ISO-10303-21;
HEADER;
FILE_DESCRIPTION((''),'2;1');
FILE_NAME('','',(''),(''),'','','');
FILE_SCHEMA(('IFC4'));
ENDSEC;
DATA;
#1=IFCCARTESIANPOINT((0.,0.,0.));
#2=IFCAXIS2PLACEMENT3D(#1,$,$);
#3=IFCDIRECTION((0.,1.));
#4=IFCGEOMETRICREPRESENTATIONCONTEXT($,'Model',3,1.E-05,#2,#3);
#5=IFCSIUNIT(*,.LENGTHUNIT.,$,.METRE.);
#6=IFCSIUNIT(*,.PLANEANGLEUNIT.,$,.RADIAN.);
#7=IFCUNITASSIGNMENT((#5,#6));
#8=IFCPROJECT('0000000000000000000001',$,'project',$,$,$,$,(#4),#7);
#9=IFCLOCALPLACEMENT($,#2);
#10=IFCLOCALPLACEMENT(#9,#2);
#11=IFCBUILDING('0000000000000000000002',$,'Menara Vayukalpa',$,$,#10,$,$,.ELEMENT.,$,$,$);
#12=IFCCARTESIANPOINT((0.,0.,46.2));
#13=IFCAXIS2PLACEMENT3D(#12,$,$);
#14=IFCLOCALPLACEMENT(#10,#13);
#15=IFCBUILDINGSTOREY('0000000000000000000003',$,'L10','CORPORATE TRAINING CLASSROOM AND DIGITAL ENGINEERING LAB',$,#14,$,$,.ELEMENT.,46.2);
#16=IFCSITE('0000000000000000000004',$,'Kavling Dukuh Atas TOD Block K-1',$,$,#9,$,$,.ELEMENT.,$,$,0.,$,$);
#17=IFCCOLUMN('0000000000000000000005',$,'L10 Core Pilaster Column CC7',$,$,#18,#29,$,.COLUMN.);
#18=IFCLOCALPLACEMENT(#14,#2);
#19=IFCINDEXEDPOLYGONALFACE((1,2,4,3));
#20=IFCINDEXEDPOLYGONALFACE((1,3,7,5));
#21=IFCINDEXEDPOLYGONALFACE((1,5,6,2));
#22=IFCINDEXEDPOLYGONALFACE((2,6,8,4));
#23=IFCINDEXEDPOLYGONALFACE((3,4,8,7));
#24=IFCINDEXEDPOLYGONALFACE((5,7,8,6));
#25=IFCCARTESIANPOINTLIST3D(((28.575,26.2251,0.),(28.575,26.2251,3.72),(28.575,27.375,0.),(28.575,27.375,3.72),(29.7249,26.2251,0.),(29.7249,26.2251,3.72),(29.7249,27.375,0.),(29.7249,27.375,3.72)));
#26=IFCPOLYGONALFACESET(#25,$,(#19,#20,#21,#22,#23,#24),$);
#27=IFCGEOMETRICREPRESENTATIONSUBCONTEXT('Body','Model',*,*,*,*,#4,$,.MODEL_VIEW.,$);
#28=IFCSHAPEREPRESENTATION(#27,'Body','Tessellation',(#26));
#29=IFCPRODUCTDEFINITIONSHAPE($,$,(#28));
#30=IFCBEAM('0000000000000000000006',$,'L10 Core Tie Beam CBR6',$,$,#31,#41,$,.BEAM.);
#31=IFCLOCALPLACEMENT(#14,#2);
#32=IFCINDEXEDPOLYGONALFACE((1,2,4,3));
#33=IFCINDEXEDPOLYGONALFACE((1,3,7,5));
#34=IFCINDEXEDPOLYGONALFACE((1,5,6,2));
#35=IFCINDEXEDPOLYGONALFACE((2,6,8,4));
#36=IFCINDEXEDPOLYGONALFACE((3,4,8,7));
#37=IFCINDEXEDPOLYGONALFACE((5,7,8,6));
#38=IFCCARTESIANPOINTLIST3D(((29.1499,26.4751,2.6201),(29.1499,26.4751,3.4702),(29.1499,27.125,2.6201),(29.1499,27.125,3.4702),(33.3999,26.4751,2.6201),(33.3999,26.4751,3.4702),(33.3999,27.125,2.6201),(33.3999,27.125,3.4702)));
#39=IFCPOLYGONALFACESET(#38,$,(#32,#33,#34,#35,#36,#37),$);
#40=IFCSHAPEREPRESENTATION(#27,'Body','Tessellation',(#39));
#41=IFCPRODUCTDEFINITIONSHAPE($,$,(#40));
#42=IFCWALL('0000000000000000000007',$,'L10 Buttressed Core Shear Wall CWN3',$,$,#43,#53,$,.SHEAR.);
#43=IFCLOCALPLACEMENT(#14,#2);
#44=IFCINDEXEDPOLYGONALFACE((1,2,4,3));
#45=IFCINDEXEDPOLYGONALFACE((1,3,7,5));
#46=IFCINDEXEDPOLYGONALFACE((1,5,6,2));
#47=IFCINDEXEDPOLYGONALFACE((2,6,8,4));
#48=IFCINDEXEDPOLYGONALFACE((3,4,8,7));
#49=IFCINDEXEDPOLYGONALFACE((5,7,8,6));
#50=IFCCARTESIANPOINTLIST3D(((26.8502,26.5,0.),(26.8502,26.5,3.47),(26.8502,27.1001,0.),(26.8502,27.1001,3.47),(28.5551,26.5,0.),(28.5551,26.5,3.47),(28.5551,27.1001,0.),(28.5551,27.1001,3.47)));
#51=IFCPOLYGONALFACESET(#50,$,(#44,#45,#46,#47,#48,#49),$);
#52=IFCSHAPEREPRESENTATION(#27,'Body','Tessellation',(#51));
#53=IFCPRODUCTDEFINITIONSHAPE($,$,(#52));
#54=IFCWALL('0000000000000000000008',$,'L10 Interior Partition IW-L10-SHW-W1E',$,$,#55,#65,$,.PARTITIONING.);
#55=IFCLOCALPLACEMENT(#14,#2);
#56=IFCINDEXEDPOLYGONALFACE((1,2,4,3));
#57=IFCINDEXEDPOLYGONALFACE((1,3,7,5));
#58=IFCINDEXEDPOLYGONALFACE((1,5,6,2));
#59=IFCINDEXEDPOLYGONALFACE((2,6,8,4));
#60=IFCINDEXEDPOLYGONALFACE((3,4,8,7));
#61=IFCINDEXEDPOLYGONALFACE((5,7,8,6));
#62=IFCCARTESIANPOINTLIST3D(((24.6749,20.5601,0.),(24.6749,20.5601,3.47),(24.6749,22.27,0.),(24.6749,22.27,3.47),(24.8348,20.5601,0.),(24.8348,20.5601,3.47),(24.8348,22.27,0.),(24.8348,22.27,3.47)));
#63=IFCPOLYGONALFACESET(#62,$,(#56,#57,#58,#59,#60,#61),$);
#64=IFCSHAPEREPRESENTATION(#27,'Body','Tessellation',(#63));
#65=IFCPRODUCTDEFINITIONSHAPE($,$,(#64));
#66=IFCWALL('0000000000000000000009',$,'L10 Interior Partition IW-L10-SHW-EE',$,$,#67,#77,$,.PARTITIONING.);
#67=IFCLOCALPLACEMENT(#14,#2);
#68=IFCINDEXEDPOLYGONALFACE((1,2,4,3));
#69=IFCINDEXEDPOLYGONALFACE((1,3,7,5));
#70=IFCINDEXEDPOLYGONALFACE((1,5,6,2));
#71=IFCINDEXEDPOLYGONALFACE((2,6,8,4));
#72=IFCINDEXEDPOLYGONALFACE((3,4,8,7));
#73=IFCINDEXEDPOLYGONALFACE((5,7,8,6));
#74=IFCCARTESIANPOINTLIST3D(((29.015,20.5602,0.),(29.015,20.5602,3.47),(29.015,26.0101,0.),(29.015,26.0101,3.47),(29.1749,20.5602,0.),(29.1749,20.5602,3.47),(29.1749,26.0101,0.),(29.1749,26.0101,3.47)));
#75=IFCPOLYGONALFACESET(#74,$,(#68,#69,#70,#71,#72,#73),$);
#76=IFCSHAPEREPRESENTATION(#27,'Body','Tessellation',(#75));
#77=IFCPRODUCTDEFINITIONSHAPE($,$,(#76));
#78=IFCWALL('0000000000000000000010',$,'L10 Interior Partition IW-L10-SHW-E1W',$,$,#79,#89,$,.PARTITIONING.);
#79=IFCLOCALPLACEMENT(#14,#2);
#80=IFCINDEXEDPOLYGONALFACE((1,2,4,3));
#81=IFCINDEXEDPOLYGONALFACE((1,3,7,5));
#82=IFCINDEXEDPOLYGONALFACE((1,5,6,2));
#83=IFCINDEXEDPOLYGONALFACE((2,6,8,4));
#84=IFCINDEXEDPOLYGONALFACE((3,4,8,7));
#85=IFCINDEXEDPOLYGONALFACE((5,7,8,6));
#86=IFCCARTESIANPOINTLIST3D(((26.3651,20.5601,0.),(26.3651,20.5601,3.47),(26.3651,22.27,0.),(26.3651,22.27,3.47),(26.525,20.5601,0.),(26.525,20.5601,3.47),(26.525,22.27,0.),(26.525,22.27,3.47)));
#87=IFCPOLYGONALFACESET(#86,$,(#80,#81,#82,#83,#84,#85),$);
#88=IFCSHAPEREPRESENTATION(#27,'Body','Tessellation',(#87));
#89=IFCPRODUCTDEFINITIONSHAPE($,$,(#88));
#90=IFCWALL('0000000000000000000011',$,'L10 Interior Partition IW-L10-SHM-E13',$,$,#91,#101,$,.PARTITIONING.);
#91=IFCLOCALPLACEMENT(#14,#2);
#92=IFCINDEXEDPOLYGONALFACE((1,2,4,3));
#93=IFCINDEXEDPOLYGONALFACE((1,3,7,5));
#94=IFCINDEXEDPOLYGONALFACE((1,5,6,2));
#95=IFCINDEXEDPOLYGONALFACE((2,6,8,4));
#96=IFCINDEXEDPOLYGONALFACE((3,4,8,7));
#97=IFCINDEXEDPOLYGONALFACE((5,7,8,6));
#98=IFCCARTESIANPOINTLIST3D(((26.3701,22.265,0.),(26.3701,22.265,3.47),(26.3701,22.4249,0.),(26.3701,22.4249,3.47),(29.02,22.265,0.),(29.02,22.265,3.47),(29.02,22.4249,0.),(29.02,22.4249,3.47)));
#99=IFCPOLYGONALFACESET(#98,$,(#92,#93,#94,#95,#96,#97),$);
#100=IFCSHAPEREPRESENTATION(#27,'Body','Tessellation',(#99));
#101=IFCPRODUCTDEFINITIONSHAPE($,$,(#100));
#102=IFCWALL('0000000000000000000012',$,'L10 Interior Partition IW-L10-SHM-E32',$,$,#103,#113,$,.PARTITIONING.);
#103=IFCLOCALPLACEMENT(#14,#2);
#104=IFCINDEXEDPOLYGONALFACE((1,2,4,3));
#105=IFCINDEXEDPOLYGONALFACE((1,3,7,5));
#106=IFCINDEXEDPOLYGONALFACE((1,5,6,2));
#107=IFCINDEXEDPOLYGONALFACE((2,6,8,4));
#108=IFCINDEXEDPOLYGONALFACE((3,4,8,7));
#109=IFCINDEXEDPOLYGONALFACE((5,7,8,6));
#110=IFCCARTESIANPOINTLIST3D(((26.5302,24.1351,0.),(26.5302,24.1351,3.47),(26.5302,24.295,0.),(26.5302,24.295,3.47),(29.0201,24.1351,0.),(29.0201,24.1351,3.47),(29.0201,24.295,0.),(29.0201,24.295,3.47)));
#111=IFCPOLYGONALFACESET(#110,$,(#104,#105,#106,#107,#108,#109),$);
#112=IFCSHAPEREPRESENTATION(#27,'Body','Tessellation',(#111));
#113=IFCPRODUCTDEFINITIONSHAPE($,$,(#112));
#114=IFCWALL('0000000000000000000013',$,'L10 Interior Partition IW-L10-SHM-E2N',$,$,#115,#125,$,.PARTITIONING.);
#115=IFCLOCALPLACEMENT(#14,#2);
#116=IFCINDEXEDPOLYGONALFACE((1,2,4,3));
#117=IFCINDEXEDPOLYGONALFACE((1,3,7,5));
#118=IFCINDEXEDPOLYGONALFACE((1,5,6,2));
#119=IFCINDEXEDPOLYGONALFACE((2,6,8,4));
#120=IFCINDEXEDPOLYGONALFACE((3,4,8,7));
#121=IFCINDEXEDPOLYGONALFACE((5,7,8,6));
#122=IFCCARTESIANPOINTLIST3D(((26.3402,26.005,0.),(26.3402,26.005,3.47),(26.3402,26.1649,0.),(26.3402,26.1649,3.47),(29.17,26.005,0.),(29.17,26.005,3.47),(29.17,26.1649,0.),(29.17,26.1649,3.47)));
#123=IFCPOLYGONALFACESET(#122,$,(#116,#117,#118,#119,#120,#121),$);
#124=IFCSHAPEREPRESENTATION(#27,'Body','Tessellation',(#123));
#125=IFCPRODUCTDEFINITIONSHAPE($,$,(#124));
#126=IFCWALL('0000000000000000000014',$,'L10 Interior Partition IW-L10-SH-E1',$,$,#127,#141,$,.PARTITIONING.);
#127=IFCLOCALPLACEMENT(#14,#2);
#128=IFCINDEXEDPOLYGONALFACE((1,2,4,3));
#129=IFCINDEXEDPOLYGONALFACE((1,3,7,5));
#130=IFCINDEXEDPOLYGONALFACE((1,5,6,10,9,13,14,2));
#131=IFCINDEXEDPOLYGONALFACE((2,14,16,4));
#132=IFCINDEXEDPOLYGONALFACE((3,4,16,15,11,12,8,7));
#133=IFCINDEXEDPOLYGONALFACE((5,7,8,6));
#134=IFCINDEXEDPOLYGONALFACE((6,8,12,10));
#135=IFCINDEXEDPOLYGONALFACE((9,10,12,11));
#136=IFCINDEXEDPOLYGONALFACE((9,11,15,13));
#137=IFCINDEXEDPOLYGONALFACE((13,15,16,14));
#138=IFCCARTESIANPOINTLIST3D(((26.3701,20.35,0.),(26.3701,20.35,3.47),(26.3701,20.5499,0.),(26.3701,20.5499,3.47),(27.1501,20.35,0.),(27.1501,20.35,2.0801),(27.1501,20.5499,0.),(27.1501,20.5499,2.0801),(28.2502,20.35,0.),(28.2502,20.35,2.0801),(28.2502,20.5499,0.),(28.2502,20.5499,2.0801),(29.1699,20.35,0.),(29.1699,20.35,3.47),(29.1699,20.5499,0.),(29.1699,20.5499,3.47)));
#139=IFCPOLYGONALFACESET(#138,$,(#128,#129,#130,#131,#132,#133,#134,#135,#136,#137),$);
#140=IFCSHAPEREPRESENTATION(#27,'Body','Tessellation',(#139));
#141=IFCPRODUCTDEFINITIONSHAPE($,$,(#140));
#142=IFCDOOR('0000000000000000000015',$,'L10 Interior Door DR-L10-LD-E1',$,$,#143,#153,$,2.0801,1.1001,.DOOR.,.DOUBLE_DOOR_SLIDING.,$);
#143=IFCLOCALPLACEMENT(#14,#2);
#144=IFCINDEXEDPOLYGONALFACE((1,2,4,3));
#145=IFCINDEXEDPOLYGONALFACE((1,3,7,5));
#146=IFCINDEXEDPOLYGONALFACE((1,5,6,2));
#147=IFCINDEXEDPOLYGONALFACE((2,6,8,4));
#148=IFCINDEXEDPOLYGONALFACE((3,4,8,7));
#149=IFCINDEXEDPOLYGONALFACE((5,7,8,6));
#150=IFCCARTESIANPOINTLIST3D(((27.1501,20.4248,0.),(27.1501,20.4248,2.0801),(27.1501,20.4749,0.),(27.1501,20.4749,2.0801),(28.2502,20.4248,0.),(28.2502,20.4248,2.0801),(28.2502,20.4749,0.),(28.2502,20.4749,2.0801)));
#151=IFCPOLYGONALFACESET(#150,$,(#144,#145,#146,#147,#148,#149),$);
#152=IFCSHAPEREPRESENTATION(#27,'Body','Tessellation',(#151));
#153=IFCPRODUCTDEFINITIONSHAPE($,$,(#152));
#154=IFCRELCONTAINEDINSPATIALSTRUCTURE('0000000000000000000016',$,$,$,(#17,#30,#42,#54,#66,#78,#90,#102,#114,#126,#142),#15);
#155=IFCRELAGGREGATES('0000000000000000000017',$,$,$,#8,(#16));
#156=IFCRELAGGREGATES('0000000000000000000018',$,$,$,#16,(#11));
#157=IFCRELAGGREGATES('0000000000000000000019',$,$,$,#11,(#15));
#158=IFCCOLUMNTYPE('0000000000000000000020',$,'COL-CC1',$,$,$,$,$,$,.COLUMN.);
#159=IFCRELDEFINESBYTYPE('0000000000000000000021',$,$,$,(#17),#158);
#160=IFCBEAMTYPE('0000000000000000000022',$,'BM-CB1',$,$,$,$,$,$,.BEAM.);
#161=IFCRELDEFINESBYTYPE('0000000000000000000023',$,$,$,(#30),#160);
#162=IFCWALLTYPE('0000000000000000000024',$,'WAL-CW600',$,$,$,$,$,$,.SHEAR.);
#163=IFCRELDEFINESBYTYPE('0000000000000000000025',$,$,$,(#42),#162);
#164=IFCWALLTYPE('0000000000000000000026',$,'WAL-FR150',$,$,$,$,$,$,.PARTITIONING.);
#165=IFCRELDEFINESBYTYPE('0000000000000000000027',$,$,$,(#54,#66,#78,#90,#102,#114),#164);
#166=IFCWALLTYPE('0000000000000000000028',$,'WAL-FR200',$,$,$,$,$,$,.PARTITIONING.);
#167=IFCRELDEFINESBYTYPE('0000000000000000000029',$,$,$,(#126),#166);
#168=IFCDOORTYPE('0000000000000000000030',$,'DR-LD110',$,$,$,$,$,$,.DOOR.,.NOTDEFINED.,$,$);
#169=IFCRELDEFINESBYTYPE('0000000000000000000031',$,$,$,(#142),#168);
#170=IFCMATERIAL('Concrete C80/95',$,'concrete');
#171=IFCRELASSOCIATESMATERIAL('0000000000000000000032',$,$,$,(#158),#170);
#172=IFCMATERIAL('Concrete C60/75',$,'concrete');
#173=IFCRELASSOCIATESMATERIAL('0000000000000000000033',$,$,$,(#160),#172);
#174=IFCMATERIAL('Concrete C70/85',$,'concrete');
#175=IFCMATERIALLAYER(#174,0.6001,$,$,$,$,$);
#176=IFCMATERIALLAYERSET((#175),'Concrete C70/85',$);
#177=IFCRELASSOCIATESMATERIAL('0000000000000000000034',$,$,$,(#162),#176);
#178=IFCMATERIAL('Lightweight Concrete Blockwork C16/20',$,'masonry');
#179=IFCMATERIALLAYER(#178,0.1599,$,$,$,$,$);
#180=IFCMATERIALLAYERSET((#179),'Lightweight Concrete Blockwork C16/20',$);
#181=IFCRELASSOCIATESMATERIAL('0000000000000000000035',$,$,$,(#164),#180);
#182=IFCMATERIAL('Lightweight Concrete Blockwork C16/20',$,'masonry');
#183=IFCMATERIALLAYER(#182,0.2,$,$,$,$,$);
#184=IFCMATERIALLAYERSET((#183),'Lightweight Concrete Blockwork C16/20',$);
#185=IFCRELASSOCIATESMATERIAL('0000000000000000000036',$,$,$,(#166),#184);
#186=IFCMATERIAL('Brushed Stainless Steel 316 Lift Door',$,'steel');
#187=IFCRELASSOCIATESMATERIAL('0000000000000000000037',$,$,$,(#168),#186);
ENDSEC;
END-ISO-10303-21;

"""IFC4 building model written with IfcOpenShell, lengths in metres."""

from ifc_helpers import new_model, si_unit, direction, frame, frame_2d, origin, origin_2d, place, context, subcontext, project, spatial, rectangle, extrude, material, layer, layer_set, material_profile, profile_set, type_object, element, fill, save


model = new_model("IFC4")

# Units and contexts
model_context = context("Model", 3, precision=1e-05, world=origin(), true_north=direction((0.0, 1.0)))
body_context = subcontext(model_context, "Body", "Model", "MODEL_VIEW")
ifc_project = project(units=[si_unit("LENGTHUNIT", "METRE"), si_unit("PLANEANGLEUNIT", "RADIAN")], contexts=[model_context])

# Site, building, storey
site_placement = place(None, origin())
site = spatial("IfcSite", under=ifc_project, at=site_placement, Name="Kavling Dukuh Atas TOD Block K-1", CompositionType="ELEMENT", RefElevation=0.0)
building_placement = place(site_placement, origin())
building = spatial("IfcBuilding", under=site, at=building_placement, Name="Menara Vayukalpa", CompositionType="ELEMENT")
storey_placement = place(building_placement, frame((0.0, 0.0, 46.2)))
storey = spatial("IfcBuildingStorey", under=building, at=storey_placement, Name="L10", Description="CORPORATE TRAINING CLASSROOM AND DIGITAL ENGINEERING LAB", CompositionType="ELEMENT", Elevation=46.2)

# Column
ifc_material_1 = material(Name="Concrete C80/95", Category="concrete")
ifc_material_profile_1 = material_profile(ifc_material_1, rectangle(XDim=1.1499, YDim=1.1499, at=origin_2d()), Name="RC 1150x1150")
ifc_profile_set_1 = profile_set([ifc_material_profile_1], Name="Concrete C80/95")
column_type = type_object("IfcColumnType", Name="COL-CC1", PredefinedType="COLUMN", material=ifc_profile_set_1)
column_placement = place(storey_placement, frame((29.1499, 26.8, 0.0), z_axis=(0.0, 0.0, 1.0), x_axis=(1.0, 0.0, 0.0)))
element("IfcColumn", 1, at=column_placement, inside=storey, type_object=column_type, Name="L10 Core Pilaster Column CC7", PredefinedType="COLUMN", context=body_context, shape_type="SweptSolid", body=[
    extrude(rectangle(XDim=1.1499, YDim=1.1499, at=origin_2d()), origin(), (0.0, 0.0, 1.0), 3.72),
])

# Beam
ifc_material_2 = material(Name="Concrete C60/75", Category="concrete")
ifc_material_profile_2 = material_profile(ifc_material_2, rectangle(XDim=0.6499, YDim=0.8501, at=origin_2d()), Name="RC 650x850")
ifc_profile_set_2 = profile_set([ifc_material_profile_2], Name="Concrete C60/75")
beam_type = type_object("IfcBeamType", Name="BM-CB1", PredefinedType="BEAM", material=ifc_profile_set_2)
beam_placement = place(storey_placement, frame((29.1499, 26.8, 3.0452), z_axis=(1.0, 0.0, 0.0), x_axis=(0.0, 1.0, 0.0)))
element("IfcBeam", 2, at=beam_placement, inside=storey, type_object=beam_type, Name="L10 Core Tie Beam CBR6", PredefinedType="BEAM", context=body_context, shape_type="SweptSolid", body=[
    extrude(rectangle(XDim=0.6499, YDim=0.8501, at=origin_2d()), origin(), (0.0, 0.0, 1.0), 4.25),
])

# Walls
ifc_material_3 = material(Name="Concrete C70/85", Category="concrete")
ifc_layer_1 = layer(ifc_material_3, 0.6001)
ifc_layer_set_1 = layer_set([ifc_layer_1], Name="Concrete C70/85")
wall_type_1 = type_object("IfcWallType", Name="WAL-CW600", PredefinedType="SHEAR", material=ifc_layer_set_1)
wall_1_placement = place(storey_placement, frame((26.8501, 26.8, 0.0), z_axis=(0.0, 0.0, 1.0), x_axis=(1.0, 0.0, 0.0)))
element("IfcWall", 3, at=wall_1_placement, inside=storey, type_object=wall_type_1, Name="L10 Buttressed Core Shear Wall CWN3", PredefinedType="SHEAR", context=body_context, shape_type="SweptSolid", body=[
    extrude(rectangle(XDim=1.7048, YDim=0.6001, at=frame_2d((0.8525, 0.0))), origin(), (0.0, 0.0, 1.0), 3.47),
])
ifc_material_4 = material(Name="Lightweight Concrete Blockwork C16/20", Category="masonry")
ifc_layer_2 = layer(ifc_material_4, 0.1599)
ifc_layer_set_2 = layer_set([ifc_layer_2], Name="Lightweight Concrete Blockwork C16/20")
wall_type_2 = type_object("IfcWallType", Name="WAL-FR150", PredefinedType="PARTITIONING", material=ifc_layer_set_2)
wall_2_placement = place(storey_placement, frame((24.7549, 20.5601, 0.0), z_axis=(0.0, 0.0, 1.0), x_axis=(0.0, 1.0, 0.0)))
element("IfcWall", 4, at=wall_2_placement, inside=storey, type_object=wall_type_2, Name="L10 Interior Partition IW-L10-SHW-W1E", PredefinedType="PARTITIONING", context=body_context, shape_type="SweptSolid", body=[
    extrude(rectangle(XDim=1.71, YDim=0.1599, at=frame_2d((0.855, 0.0))), origin(), (0.0, 0.0, 1.0), 3.47),
])
wall_3_placement = place(storey_placement, frame((29.095, 20.5601, 0.0), z_axis=(0.0, 0.0, 1.0), x_axis=(0.0, 1.0, 0.0)))
element("IfcWall", 5, at=wall_3_placement, inside=storey, type_object=wall_type_2, Name="L10 Interior Partition IW-L10-SHW-EE", PredefinedType="PARTITIONING", context=body_context, shape_type="SweptSolid", body=[
    extrude(rectangle(XDim=5.45, YDim=0.1599, at=frame_2d((2.7251, 0.0))), origin(), (0.0, 0.0, 1.0), 3.47),
])
wall_4_placement = place(storey_placement, frame((26.4451, 20.5601, 0.0), z_axis=(0.0, 0.0, 1.0), x_axis=(0.0, 1.0, 0.0)))
element("IfcWall", 6, at=wall_4_placement, inside=storey, type_object=wall_type_2, Name="L10 Interior Partition IW-L10-SHW-E1W", PredefinedType="PARTITIONING", context=body_context, shape_type="SweptSolid", body=[
    extrude(rectangle(XDim=1.71, YDim=0.1599, at=frame_2d((0.855, 0.0))), origin(), (0.0, 0.0, 1.0), 3.47),
])
wall_5_placement = place(storey_placement, frame((26.3701, 22.345, 0.0), z_axis=(0.0, 0.0, 1.0), x_axis=(1.0, 0.0, 0.0)))
element("IfcWall", 7, at=wall_5_placement, inside=storey, type_object=wall_type_2, Name="L10 Interior Partition IW-L10-SHM-E13", PredefinedType="PARTITIONING", context=body_context, shape_type="SweptSolid", body=[
    extrude(rectangle(XDim=2.6499, YDim=0.1599, at=frame_2d((1.325, 0.0))), origin(), (0.0, 0.0, 1.0), 3.47),
])
wall_6_placement = place(storey_placement, frame((26.53, 24.2151, 0.0), z_axis=(0.0, 0.0, 1.0), x_axis=(1.0, 0.0, 0.0)))
element("IfcWall", 8, at=wall_6_placement, inside=storey, type_object=wall_type_2, Name="L10 Interior Partition IW-L10-SHM-E32", PredefinedType="PARTITIONING", context=body_context, shape_type="SweptSolid", body=[
    extrude(rectangle(XDim=2.49, YDim=0.1599, at=frame_2d((1.2451, 0.0))), origin(), (0.0, 0.0, 1.0), 3.47),
])
wall_7_placement = place(storey_placement, frame((26.3401, 26.085, 0.0), z_axis=(0.0, 0.0, 1.0), x_axis=(1.0, 0.0, 0.0)))
element("IfcWall", 9, at=wall_7_placement, inside=storey, type_object=wall_type_2, Name="L10 Interior Partition IW-L10-SHM-E2N", PredefinedType="PARTITIONING", context=body_context, shape_type="SweptSolid", body=[
    extrude(rectangle(XDim=2.8298, YDim=0.1599, at=frame_2d((1.415, 0.0))), origin(), (0.0, 0.0, 1.0), 3.47),
])

# Wall, opening, door
ifc_material_5 = material(Name="Lightweight Concrete Blockwork C16/20", Category="masonry")
ifc_layer_3 = layer(ifc_material_5, 0.2)
ifc_layer_set_3 = layer_set([ifc_layer_3], Name="Lightweight Concrete Blockwork C16/20")
wall_type_3 = type_object("IfcWallType", Name="WAL-FR200", PredefinedType="PARTITIONING", material=ifc_layer_set_3)
wall_8_placement = place(storey_placement, frame((26.3701, 20.45, 0.0), z_axis=(0.0, 0.0, 1.0), x_axis=(1.0, 0.0, 0.0)))
wall_8 = element("IfcWall", 10, at=wall_8_placement, inside=storey, type_object=wall_type_3, Name="L10 Interior Partition IW-L10-SH-E1", PredefinedType="PARTITIONING", context=body_context, shape_type="SweptSolid", body=[
    extrude(rectangle(XDim=2.7998, YDim=0.2, at=frame_2d((1.3999, 0.0))), origin(), (0.0, 0.0, 1.0), 3.47),
])
opening_1_placement = place(wall_8_placement, frame((0.78, 0.0, 0.0)))
opening_1 = element("IfcOpeningElement", 11, at=opening_1_placement, cuts=wall_8, PredefinedType="OPENING", context=body_context, shape_type="SweptSolid", body=[
    extrude(rectangle(XDim=1.1001, YDim=2.0801, at=frame_2d((0.55, 1.04))), frame((0.0, 0.1099, 0.0), z_axis=(0.0, -1.0, 0.0), x_axis=(1.0, 0.0, 0.0)), (0.0, 0.0, 1.0), 0.22),
])
ifc_material_6 = material(Name="Brushed Stainless Steel 316 Lift Door", Category="steel")
door_type = type_object("IfcDoorType", Name="DR-LD110", OperationType="NOTDEFINED", PredefinedType="DOOR", material=ifc_material_6)
door_1_placement = place(opening_1_placement, origin())
door_1 = element("IfcDoor", 12, at=door_1_placement, inside=storey, type_object=door_type, Name="L10 Interior Door DR-L10-LD-E1", OperationType="DOUBLE_DOOR_SLIDING", OverallHeight=2.0801, OverallWidth=1.1001, PredefinedType="DOOR", context=body_context, shape_type="SweptSolid", body=[
    extrude(rectangle(XDim=1.1001, YDim=2.0801, at=frame_2d((0.55, 1.04))), frame((0.0, 0.0249, 0.0), z_axis=(0.0, -1.0, 0.0), x_axis=(1.0, 0.0, 0.0)), (0.0, 0.0, 1.0), 0.05),
])
fill(opening_1, door_1)

save(model, "model.ifc")
